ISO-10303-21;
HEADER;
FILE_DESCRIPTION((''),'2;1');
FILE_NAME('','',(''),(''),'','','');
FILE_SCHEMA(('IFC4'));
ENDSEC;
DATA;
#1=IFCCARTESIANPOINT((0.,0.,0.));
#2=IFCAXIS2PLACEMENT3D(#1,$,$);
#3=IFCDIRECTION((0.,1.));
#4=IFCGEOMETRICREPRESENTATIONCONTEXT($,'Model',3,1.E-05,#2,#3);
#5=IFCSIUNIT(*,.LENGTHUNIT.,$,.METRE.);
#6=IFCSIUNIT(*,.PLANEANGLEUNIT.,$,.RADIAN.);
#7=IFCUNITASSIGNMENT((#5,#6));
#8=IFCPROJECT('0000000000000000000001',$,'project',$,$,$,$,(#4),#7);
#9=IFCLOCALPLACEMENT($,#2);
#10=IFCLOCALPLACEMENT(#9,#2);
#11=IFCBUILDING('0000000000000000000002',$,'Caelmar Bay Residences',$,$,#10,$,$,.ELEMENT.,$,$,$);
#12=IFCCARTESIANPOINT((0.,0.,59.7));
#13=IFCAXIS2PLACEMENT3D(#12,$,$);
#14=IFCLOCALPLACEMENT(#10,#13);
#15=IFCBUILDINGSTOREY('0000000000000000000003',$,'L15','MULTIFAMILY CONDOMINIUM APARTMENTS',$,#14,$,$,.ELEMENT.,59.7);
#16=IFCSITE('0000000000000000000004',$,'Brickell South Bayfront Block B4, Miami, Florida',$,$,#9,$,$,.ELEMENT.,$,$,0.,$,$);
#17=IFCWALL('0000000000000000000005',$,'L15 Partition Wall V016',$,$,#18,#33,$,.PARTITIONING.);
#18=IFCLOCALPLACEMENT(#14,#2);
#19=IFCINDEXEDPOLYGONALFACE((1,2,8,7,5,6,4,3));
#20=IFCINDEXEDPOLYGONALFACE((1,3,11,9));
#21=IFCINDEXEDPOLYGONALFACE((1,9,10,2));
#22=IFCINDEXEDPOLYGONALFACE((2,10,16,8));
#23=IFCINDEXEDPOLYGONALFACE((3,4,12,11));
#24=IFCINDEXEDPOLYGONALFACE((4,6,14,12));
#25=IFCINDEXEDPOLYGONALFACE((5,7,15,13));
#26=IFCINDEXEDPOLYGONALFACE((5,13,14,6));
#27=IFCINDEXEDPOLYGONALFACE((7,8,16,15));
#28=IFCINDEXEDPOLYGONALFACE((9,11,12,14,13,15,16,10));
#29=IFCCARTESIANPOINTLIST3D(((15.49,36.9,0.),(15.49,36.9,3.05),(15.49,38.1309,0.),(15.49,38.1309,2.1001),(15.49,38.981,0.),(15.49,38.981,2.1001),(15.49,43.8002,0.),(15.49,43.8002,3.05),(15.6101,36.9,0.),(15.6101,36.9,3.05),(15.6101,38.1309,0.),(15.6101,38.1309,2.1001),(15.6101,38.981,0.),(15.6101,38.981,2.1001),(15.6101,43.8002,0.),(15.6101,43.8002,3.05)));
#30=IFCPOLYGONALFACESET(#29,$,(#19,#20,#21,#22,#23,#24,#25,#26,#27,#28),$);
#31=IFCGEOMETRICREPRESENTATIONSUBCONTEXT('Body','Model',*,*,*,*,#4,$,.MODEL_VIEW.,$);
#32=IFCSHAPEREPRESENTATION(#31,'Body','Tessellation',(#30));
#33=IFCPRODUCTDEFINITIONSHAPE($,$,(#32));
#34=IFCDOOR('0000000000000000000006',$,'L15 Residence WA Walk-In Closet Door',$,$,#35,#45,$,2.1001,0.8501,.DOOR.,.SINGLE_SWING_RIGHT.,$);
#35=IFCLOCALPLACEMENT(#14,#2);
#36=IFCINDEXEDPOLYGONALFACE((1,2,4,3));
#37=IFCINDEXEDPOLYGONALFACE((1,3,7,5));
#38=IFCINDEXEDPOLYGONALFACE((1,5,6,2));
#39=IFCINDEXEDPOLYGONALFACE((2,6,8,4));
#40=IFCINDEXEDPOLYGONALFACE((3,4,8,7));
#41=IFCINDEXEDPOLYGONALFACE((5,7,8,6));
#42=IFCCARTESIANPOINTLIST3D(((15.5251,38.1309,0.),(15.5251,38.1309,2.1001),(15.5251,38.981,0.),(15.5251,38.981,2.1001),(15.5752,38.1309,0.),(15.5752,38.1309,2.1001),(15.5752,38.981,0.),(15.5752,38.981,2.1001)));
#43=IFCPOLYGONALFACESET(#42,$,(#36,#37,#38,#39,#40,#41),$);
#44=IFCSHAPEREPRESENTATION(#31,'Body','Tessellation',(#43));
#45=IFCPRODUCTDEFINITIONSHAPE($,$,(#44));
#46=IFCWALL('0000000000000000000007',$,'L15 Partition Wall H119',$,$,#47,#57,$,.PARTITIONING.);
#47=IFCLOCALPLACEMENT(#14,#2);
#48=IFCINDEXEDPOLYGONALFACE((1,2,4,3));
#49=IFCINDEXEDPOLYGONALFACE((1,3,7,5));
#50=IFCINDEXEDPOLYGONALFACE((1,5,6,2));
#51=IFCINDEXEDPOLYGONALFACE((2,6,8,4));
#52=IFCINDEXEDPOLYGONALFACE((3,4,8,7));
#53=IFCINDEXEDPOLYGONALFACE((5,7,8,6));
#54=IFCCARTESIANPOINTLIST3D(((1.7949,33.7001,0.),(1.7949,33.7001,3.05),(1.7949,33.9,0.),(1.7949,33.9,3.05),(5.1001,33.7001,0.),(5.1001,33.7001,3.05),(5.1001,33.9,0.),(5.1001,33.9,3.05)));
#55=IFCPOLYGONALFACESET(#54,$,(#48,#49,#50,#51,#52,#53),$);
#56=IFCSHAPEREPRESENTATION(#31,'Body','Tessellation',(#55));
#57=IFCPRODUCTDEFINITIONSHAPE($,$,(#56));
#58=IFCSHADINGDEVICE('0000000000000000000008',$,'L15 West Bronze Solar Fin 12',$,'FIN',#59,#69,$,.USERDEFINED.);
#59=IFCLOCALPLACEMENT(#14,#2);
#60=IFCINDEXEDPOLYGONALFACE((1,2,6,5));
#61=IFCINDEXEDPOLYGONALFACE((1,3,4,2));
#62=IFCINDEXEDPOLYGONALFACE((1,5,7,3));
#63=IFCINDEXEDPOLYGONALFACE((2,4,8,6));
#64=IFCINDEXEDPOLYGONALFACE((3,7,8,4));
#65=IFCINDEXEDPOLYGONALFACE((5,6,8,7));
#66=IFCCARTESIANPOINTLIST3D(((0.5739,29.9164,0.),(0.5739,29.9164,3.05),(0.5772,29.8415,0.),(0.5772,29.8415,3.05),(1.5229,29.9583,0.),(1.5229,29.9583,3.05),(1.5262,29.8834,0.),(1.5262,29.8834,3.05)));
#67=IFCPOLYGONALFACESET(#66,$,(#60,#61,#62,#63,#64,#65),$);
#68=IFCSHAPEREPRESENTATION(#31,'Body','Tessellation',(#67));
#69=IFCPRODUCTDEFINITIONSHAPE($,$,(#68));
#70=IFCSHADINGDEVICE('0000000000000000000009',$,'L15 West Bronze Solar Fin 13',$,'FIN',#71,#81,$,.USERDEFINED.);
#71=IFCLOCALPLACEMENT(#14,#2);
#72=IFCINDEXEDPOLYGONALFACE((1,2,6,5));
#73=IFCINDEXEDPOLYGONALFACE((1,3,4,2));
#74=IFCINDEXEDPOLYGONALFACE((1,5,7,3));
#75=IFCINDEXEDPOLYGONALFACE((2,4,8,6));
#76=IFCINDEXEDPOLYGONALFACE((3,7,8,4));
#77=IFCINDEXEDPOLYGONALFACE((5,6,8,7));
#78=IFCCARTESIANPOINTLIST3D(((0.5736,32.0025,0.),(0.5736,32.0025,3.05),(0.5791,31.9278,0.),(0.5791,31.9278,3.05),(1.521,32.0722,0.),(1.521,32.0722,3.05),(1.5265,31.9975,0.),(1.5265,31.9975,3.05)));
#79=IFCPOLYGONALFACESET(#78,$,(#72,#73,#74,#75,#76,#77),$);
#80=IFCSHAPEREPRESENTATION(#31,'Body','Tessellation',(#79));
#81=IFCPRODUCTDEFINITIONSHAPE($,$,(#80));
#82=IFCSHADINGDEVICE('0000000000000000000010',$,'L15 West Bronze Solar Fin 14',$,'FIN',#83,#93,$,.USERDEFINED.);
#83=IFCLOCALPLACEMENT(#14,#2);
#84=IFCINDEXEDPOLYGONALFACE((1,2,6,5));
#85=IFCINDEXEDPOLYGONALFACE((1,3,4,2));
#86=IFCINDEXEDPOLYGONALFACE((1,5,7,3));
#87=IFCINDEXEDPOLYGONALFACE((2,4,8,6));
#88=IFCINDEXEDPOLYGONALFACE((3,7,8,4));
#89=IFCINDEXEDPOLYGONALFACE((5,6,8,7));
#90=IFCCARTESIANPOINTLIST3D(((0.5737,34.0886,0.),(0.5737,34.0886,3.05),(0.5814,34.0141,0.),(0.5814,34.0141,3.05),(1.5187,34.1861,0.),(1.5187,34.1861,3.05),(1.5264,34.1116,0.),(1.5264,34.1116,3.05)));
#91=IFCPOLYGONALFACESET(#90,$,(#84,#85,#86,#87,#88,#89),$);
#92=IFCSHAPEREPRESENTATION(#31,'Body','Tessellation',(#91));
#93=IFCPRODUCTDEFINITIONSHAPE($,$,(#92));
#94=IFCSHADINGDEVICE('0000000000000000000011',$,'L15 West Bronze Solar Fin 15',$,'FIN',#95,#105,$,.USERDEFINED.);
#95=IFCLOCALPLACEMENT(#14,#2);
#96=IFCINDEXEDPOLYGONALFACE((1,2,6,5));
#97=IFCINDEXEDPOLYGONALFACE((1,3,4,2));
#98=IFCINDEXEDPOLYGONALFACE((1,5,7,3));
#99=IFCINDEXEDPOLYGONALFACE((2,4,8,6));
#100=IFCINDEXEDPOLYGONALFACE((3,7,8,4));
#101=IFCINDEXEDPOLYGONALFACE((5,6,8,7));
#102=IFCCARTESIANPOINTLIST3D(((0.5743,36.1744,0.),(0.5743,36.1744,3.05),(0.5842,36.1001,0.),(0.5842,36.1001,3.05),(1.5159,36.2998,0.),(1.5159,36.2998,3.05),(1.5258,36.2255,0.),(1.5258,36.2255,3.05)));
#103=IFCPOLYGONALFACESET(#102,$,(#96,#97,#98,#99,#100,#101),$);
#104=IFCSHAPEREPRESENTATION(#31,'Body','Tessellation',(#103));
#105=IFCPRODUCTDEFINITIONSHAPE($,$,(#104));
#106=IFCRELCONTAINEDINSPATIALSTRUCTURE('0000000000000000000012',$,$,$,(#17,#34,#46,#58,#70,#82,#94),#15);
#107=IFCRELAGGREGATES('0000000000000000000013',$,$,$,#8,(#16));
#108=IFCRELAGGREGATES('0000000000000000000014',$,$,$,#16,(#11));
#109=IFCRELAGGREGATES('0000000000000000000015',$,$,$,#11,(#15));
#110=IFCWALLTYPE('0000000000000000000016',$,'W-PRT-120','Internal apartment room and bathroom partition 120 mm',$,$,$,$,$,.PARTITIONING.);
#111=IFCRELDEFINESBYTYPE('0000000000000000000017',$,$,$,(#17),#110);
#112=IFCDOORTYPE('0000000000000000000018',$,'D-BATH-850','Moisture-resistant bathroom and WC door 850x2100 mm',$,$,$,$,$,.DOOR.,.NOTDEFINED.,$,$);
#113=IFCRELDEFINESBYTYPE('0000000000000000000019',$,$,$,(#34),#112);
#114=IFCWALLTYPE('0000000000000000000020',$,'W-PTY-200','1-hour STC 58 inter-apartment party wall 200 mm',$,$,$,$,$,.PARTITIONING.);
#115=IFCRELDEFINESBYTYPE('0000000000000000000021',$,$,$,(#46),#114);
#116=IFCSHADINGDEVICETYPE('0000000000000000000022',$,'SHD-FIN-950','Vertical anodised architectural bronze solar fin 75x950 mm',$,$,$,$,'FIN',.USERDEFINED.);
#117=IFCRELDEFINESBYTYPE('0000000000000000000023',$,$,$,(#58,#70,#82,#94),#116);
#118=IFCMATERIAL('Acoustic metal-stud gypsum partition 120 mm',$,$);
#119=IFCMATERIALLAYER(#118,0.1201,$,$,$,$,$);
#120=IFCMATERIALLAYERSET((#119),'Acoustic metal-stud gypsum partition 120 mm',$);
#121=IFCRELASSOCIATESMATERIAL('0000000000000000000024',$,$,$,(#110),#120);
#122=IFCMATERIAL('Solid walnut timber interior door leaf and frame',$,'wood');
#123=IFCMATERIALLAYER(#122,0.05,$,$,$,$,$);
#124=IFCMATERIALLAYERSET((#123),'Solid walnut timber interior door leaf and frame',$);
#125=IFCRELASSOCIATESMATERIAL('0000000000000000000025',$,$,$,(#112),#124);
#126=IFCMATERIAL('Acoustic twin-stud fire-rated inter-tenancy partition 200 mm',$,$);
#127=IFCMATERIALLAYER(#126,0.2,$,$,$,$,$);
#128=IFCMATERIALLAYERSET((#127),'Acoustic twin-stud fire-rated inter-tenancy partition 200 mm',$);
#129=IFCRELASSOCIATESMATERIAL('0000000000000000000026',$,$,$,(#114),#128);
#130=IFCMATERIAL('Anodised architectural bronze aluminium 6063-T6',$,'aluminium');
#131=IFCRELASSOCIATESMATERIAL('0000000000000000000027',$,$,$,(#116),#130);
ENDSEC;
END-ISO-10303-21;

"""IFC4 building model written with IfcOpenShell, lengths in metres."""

from ifc_helpers import new_model, si_unit, direction, frame, frame_2d, origin, origin_2d, place, context, subcontext, project, spatial, rectangle, extrude, material, layer, layer_set, material_profile, profile_set, type_object, element, fill, save


model = new_model("IFC4")

# Units and contexts
model_context = context("Model", 3, precision=1e-05, world=origin(), true_north=direction((0.0, 1.0)))
body_context = subcontext(model_context, "Body", "Model", "MODEL_VIEW")
ifc_project = project(units=[si_unit("LENGTHUNIT", "METRE"), si_unit("PLANEANGLEUNIT", "RADIAN")], contexts=[model_context])

# Site, building, storey
site_placement = place(None, origin())
site = spatial("IfcSite", under=ifc_project, at=site_placement, Name="Brickell South Bayfront Block B4, Miami, Florida", CompositionType="ELEMENT", RefElevation=0.0)
building_placement = place(site_placement, origin())
building = spatial("IfcBuilding", under=site, at=building_placement, Name="Caelmar Bay Residences", CompositionType="ELEMENT")
storey_placement = place(building_placement, frame((0.0, 0.0, 59.7)))
storey = spatial("IfcBuildingStorey", under=building, at=storey_placement, Name="L15", Description="MULTIFAMILY CONDOMINIUM APARTMENTS", CompositionType="ELEMENT", Elevation=59.7)

# Shared definitions
ifc_material_1 = material(Name="Acoustic metal-stud gypsum partition 120 mm")
ifc_layer_1 = layer(ifc_material_1, 0.1201)
ifc_layer_set_1 = layer_set([ifc_layer_1], Name="Acoustic metal-stud gypsum partition 120 mm")
wall_type_1 = type_object("IfcWallType", Name="W-PRT-120", Description="Internal apartment room and bathroom partition 120 mm", PredefinedType="PARTITIONING", material=ifc_layer_set_1)

# Wall, opening, door
wall_1_placement = place(storey_placement, frame((15.55, 36.8999, 0.0), z_axis=(0.0, 0.0, 1.0), x_axis=(0.0, 1.0, 0.0)))
wall_1 = element("IfcWall", 1, at=wall_1_placement, inside=storey, type_object=wall_type_1, Name="L15 Partition Wall V016", PredefinedType="PARTITIONING", context=body_context, shape_type="SweptSolid", body=[
    extrude(rectangle(XDim=6.9001, YDim=0.1201, at=frame_2d((3.4502, 0.0))), origin(), (0.0, 0.0, 1.0), 3.05),
])
opening_1_placement = place(wall_1_placement, frame((1.231, 0.0, 0.0)))
opening_1 = element("IfcOpeningElement", 2, at=opening_1_placement, cuts=wall_1, PredefinedType="OPENING", context=body_context, shape_type="SweptSolid", body=[
    extrude(rectangle(XDim=0.8501, YDim=2.1001, at=frame_2d((0.425, 1.05))), frame((0.0, 0.0701, 0.0), z_axis=(0.0, -1.0, 0.0), x_axis=(1.0, 0.0, 0.0)), (0.0, 0.0, 1.0), 0.1401),
])
ifc_material_2 = material(Name="Solid walnut timber interior door leaf and frame", Category="wood")
ifc_layer_2 = layer(ifc_material_2, 0.05)
ifc_layer_set_2 = layer_set([ifc_layer_2], Name="Solid walnut timber interior door leaf and frame")
door_type_1 = type_object("IfcDoorType", Name="D-BATH-850", Description="Moisture-resistant bathroom and WC door 850x2100 mm", OperationType="NOTDEFINED", PredefinedType="DOOR", material=ifc_layer_set_2)
door_1_placement = place(opening_1_placement, origin())
door_1 = element("IfcDoor", 3, at=door_1_placement, inside=storey, type_object=door_type_1, Name="L15 Residence WA Walk-In Closet Door", OperationType="SINGLE_SWING_RIGHT", OverallHeight=2.1001, OverallWidth=0.8501, PredefinedType="DOOR", context=body_context, shape_type="SweptSolid", body=[
    extrude(rectangle(XDim=0.8501, YDim=2.1001, at=frame_2d((0.425, 1.05))), frame((0.0, 0.0249, 0.0), z_axis=(0.0, -1.0, 0.0), x_axis=(1.0, 0.0, 0.0)), (0.0, 0.0, 1.0), 0.05),
])
fill(opening_1, door_1)

# Wall
ifc_material_3 = material(Name="Acoustic twin-stud fire-rated inter-tenancy partition 200 mm")
ifc_layer_3 = layer(ifc_material_3, 0.2)
ifc_layer_set_3 = layer_set([ifc_layer_3], Name="Acoustic twin-stud fire-rated inter-tenancy partition 200 mm")
wall_type_2 = type_object("IfcWallType", Name="W-PTY-200", Description="1-hour STC 58 inter-apartment party wall 200 mm", PredefinedType="PARTITIONING", material=ifc_layer_set_3)
wall_2_placement = place(storey_placement, frame((1.7949, 33.8, 0.0), z_axis=(0.0, 0.0, 1.0), x_axis=(1.0, 0.0, 0.0)))
element("IfcWall", 4, at=wall_2_placement, inside=storey, type_object=wall_type_2, Name="L15 Partition Wall H119", PredefinedType="PARTITIONING", context=body_context, shape_type="SweptSolid", body=[
    extrude(rectangle(XDim=3.3052, YDim=0.2, at=frame_2d((1.6526, 0.0))), origin(), (0.0, 0.0, 1.0), 3.05),
])

# Shading devices
ifc_material_4 = material(Name="Anodised architectural bronze aluminium 6063-T6", Category="aluminium")
ifc_material_profile_1 = material_profile(ifc_material_4, rectangle(XDim=0.075, YDim=0.95, at=origin_2d()), Name="BRONZE-FIN-75X950")
ifc_profile_set_1 = profile_set([ifc_material_profile_1], Name="Anodised architectural bronze aluminium 6063-T6")
shading_device_type = type_object("IfcShadingDeviceType", Name="SHD-FIN-950", Description="Vertical anodised architectural bronze solar fin 75x950 mm", ElementType="FIN", PredefinedType="USERDEFINED", material=ifc_profile_set_1)
for number, where, z_axis, x_axis, name in (
    (5, (1.05, 29.8999, 0.0), (0.0, 0.0, 1.0), (-0.044142, 0.999025, 0.0), "L15 West Bronze Solar Fin 12"),
    (6, (1.05, 32.0, 0.0), (0.0, 0.0, 1.0), (-0.073412, 0.997302, 0.0), "L15 West Bronze Solar Fin 13"),
    (7, (1.05, 34.1001, 0.0), (0.0, 0.0, 1.0), (-0.102619, 0.994721, 0.0), "L15 West Bronze Solar Fin 14"),
    (8, (1.05, 36.2, 0.0), (0.0, 0.0, 1.0), (-0.13191, 0.991262, 0.0), "L15 West Bronze Solar Fin 15"),
):
    element("IfcShadingDevice", number, at=place(storey_placement, frame(where, z_axis=z_axis, x_axis=x_axis)), inside=storey, type_object=shading_device_type, Name=name, ObjectType="FIN", PredefinedType="USERDEFINED", context=body_context, shape_type="SweptSolid", body=[
        extrude(rectangle(XDim=0.075, YDim=0.95, at=origin_2d()), origin(), (0.0, 0.0, 1.0), 3.05),
    ])

save(model, "model.ifc")
